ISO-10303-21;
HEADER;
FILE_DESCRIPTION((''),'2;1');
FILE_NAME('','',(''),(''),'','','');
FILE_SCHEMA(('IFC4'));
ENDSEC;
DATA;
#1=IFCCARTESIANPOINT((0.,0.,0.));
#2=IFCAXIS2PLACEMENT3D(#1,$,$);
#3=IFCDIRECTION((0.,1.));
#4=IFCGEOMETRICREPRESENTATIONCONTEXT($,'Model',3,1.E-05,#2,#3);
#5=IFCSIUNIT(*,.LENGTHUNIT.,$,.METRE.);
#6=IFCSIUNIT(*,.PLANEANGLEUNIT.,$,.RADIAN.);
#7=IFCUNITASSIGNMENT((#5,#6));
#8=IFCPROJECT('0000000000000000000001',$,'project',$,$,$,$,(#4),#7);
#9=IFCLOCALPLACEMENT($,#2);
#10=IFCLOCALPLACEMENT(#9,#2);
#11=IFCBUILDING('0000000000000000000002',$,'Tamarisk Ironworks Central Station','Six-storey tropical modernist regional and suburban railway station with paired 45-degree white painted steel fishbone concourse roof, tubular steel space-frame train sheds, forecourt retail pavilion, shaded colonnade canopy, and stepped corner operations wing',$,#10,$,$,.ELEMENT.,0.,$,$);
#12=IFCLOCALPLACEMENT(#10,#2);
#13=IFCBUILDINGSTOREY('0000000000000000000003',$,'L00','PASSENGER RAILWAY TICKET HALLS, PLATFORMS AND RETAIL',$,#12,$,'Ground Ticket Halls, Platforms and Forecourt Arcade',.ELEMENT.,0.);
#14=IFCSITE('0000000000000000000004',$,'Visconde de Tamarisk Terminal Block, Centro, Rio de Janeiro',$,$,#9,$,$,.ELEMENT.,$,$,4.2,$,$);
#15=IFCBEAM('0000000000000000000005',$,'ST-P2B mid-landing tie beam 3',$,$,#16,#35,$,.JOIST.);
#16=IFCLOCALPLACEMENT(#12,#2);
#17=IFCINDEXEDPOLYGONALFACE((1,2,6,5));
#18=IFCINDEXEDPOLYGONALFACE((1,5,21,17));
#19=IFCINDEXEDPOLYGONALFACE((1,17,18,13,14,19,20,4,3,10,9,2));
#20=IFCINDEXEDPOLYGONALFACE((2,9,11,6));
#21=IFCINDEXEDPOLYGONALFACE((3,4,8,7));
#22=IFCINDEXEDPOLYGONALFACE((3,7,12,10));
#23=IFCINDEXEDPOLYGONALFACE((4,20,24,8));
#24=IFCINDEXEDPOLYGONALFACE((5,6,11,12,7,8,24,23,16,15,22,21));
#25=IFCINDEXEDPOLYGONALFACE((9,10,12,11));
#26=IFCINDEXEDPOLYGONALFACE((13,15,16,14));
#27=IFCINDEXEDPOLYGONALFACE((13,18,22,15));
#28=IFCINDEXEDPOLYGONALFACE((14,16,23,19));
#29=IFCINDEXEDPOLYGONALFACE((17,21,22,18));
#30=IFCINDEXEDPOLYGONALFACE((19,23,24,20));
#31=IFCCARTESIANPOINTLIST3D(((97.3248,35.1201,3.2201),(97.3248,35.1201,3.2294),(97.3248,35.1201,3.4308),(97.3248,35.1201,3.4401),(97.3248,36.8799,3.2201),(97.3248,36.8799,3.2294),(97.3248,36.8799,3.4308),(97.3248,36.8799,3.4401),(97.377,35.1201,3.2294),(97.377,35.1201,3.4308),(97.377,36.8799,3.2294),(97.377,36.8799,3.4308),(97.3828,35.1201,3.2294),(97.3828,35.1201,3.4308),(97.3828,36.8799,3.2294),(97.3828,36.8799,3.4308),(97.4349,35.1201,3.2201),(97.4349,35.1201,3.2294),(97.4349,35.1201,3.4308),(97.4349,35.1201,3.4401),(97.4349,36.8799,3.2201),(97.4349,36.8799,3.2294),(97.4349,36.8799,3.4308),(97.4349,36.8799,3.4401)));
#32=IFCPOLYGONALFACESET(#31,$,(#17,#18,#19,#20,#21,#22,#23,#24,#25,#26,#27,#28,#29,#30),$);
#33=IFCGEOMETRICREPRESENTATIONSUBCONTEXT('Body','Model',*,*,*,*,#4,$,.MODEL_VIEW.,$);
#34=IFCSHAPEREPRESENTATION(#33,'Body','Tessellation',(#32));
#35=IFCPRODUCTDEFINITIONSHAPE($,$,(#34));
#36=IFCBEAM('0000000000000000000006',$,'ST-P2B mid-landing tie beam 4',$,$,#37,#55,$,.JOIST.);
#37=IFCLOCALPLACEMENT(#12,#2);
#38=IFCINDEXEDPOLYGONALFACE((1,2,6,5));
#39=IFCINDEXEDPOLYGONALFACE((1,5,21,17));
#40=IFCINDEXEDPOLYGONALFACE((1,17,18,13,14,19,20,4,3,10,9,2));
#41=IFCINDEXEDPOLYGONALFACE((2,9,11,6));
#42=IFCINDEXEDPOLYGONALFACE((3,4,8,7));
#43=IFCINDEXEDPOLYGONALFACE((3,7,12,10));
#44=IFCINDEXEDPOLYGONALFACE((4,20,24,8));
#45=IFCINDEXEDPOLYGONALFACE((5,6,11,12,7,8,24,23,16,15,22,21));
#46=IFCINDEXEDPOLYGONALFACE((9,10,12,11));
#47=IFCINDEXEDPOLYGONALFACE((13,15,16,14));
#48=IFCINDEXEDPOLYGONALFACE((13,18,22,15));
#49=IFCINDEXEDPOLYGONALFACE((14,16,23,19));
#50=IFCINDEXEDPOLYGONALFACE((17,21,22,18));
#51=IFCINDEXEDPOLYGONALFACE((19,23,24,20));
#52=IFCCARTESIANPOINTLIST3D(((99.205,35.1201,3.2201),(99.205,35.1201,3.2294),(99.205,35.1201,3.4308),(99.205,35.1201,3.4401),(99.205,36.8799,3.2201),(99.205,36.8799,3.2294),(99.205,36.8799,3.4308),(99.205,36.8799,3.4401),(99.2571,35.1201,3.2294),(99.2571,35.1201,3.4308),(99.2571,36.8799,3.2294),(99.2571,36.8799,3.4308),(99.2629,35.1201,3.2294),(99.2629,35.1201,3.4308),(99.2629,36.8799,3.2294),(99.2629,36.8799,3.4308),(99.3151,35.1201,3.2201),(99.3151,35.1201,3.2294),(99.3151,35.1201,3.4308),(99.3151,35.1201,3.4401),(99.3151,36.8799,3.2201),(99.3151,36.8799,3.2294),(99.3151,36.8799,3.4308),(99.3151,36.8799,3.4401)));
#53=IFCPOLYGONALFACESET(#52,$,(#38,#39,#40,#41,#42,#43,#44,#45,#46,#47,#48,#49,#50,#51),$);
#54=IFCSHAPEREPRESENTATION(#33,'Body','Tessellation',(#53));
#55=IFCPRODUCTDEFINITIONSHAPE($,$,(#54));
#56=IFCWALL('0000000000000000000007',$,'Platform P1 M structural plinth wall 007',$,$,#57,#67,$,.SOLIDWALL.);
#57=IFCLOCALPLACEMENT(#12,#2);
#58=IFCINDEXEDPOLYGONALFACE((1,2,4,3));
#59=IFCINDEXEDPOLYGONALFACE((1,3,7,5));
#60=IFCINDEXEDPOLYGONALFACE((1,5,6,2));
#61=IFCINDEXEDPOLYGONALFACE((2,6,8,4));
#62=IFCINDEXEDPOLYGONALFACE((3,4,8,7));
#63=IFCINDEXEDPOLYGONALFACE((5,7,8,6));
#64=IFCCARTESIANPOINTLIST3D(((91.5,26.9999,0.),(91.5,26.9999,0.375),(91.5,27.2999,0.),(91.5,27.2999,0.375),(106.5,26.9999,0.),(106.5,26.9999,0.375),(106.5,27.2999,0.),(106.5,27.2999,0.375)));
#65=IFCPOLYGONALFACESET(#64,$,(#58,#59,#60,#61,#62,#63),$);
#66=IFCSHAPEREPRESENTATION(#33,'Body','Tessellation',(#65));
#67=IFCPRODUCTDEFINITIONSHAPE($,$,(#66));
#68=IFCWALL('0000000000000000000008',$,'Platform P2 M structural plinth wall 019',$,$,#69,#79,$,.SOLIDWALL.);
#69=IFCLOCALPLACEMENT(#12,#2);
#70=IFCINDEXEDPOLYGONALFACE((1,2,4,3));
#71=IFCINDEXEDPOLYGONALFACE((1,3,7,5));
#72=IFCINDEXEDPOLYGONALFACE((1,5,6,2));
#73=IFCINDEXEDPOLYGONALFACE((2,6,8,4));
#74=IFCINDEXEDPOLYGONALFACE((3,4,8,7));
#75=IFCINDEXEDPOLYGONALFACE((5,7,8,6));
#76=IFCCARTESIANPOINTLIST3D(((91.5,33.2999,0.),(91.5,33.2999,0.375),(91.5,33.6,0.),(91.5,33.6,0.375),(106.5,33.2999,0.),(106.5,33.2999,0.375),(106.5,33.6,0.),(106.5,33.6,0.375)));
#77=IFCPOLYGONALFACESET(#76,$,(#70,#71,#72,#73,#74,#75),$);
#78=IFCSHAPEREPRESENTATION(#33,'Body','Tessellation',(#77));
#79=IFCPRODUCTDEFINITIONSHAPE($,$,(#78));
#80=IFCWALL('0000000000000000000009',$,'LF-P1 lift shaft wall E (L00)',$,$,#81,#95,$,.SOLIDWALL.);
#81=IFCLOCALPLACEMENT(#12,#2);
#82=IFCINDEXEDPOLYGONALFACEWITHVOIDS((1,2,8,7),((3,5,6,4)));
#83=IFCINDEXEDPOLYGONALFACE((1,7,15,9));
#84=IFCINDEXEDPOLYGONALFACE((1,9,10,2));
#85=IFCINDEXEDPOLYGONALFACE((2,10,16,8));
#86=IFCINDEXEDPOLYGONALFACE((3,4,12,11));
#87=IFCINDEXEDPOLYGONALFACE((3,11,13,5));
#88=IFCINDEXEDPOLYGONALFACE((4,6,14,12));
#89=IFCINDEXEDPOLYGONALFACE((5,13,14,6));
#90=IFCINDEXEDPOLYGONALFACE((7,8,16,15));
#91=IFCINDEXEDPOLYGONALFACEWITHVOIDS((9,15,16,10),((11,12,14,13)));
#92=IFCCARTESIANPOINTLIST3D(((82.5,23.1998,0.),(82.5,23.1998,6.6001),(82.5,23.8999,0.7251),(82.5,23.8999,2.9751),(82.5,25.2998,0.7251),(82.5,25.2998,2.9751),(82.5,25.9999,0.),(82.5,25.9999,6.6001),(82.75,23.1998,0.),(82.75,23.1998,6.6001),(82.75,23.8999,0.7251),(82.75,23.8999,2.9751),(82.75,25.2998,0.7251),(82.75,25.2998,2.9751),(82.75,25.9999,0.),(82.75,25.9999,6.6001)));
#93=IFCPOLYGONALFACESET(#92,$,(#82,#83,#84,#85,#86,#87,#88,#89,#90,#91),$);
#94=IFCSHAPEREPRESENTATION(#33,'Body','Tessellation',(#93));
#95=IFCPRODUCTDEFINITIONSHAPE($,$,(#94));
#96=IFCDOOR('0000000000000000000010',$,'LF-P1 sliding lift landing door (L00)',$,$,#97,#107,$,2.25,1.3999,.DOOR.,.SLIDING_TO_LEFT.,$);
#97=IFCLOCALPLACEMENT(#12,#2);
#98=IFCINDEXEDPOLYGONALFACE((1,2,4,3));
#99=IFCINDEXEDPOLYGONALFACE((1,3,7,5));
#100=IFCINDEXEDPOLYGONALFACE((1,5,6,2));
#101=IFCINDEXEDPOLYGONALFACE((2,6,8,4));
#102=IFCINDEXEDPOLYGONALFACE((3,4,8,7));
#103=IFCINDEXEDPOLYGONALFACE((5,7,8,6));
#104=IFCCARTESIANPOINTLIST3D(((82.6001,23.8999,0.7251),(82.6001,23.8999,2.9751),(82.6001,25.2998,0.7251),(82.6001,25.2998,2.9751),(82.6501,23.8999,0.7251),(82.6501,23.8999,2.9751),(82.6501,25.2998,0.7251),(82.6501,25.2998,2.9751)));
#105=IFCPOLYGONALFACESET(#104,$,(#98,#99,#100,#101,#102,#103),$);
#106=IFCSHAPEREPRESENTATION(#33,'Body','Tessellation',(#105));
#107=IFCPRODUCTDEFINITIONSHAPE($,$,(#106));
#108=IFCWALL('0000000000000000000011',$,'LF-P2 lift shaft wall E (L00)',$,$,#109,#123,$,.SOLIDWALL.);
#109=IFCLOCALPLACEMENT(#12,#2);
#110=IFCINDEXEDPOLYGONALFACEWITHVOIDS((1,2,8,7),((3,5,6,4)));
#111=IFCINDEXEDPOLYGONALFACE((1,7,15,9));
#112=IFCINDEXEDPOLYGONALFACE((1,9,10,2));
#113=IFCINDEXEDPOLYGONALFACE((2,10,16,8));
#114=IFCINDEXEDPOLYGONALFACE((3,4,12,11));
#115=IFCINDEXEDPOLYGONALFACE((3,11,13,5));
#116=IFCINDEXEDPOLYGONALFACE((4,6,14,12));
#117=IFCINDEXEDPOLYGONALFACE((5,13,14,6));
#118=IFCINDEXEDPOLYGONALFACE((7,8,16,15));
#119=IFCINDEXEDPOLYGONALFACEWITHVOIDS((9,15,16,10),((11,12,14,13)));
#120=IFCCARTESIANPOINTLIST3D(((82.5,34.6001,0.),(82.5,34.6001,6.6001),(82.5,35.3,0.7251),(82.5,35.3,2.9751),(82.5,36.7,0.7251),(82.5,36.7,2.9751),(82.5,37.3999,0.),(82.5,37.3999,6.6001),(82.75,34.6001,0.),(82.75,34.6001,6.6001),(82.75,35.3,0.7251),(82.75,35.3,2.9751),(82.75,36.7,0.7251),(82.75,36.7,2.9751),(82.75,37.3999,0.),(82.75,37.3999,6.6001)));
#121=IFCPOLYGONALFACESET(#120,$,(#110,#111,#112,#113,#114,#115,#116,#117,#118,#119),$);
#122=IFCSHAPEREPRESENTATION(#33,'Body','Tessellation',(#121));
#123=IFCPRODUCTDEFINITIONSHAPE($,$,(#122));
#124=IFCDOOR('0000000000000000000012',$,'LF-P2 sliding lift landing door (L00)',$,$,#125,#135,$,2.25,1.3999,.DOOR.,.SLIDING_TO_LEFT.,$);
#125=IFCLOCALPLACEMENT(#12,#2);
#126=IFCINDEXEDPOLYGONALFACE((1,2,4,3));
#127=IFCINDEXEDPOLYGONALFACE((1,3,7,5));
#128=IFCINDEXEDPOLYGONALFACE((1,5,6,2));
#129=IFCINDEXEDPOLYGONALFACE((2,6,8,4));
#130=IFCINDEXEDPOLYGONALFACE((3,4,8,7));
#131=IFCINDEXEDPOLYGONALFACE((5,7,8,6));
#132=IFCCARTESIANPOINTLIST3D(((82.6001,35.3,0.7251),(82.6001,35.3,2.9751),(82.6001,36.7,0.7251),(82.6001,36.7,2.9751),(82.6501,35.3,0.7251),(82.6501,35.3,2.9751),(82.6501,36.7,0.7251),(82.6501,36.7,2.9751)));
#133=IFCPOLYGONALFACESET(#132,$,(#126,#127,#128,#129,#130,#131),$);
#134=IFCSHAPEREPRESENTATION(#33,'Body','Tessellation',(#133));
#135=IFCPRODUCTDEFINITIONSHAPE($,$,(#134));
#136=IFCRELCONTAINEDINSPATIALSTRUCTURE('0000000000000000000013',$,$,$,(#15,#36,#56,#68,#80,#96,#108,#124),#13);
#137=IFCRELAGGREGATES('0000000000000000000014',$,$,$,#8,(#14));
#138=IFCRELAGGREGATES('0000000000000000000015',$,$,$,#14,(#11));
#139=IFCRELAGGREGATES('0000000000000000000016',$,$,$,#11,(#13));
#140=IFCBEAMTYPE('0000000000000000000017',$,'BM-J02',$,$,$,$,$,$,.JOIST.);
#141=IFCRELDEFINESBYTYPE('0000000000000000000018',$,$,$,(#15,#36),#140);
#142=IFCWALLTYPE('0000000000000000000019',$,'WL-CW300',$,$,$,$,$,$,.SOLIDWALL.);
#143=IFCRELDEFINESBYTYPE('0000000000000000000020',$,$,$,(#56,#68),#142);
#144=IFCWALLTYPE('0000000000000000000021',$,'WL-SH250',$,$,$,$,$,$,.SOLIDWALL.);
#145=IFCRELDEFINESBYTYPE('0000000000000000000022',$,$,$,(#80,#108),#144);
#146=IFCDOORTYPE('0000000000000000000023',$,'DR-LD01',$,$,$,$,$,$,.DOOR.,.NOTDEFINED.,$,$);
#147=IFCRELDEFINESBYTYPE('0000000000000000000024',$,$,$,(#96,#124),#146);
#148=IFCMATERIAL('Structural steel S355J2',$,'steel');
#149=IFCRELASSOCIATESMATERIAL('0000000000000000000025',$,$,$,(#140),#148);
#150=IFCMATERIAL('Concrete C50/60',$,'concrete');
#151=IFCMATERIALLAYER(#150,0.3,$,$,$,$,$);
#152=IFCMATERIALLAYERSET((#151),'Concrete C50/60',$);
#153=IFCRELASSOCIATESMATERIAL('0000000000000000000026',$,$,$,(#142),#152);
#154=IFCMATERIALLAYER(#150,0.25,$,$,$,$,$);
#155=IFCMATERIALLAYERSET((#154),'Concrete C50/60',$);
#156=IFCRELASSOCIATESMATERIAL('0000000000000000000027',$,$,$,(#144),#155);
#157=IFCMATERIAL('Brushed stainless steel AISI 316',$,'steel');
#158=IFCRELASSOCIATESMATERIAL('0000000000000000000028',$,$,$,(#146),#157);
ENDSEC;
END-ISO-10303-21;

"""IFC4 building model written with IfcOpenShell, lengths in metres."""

from ifc_helpers import new_model, si_unit, direction, frame, frame_2d, origin, origin_2d, place, context, subcontext, project, spatial, rectangle, i_section, extrude, material, layer, layer_set, material_profile, profile_set, type_object, element, fill, save


model = new_model("IFC4")

# Units and contexts
model_context = context("Model", 3, precision=1e-05, world=origin(), true_north=direction((0.0, 1.0)))
body_context = subcontext(model_context, "Body", "Model", "MODEL_VIEW")
ifc_project = project(units=[si_unit("LENGTHUNIT", "METRE"), si_unit("PLANEANGLEUNIT", "RADIAN")], contexts=[model_context])

# Site, building, storey
site_placement = place(None, origin())
site = spatial("IfcSite", under=ifc_project, at=site_placement, Name="Visconde de Tamarisk Terminal Block, Centro, Rio de Janeiro", CompositionType="ELEMENT", RefElevation=4.2)
building_placement = place(site_placement, origin())
building = spatial("IfcBuilding", under=site, at=building_placement, Name="Tamarisk Ironworks Central Station", Description="Six-storey tropical modernist regional and suburban railway station with paired 45-degree white painted steel fishbone concourse roof, tubular steel space-frame train sheds, forecourt retail pavilion, shaded colonnade canopy, and stepped corner operations wing", CompositionType="ELEMENT", ElevationOfRefHeight=0.0)
storey_placement = place(building_placement, origin())
storey = spatial("IfcBuildingStorey", under=building, at=storey_placement, Name="L00", Description="PASSENGER RAILWAY TICKET HALLS, PLATFORMS AND RETAIL", LongName="Ground Ticket Halls, Platforms and Forecourt Arcade", CompositionType="ELEMENT", Elevation=0.0)

# Shared definitions
ifc_material_1 = material(Name="Structural steel S355J2", Category="steel")

# Beams
ifc_material_profile_1 = material_profile(ifc_material_1, i_section(OverallWidth=0.1101, OverallDepth=0.22, WebThickness=0.0059, FlangeThickness=0.0093, at=origin_2d()), Name="IPE 220")
ifc_profile_set_1 = profile_set([ifc_material_profile_1], Name="Structural steel S355J2")
beam_type = type_object("IfcBeamType", Name="BM-J02", PredefinedType="JOIST", material=ifc_profile_set_1)
for number, where, z_axis, x_axis, name in (
    (1, (97.3799, 35.1201, 3.3301), (0.0, 1.0, 0.0), (-1.0, 0.0, 0.0), "ST-P2B mid-landing tie beam 3"),
    (2, (99.26, 35.1201, 3.3301), (0.0, 1.0, 0.0), (-1.0, 0.0, 0.0), "ST-P2B mid-landing tie beam 4"),
):
    element("IfcBeam", number, at=place(storey_placement, frame(where, z_axis=z_axis, x_axis=x_axis)), inside=storey, type_object=beam_type, Name=name, PredefinedType="JOIST", context=body_context, shape_type="SweptSolid", body=[
        extrude(i_section(OverallWidth=0.1101, OverallDepth=0.22, WebThickness=0.0059, FlangeThickness=0.0093, at=origin_2d()), origin(), (0.0, 0.0, 1.0), 1.7598),
    ])

# Walls
ifc_material_2 = material(Name="Concrete C50/60", Category="concrete")
ifc_layer_1 = layer(ifc_material_2, 0.3)
ifc_layer_set_1 = layer_set([ifc_layer_1], Name="Concrete C50/60")
wall_type_1 = type_object("IfcWallType", Name="WL-CW300", PredefinedType="SOLIDWALL", material=ifc_layer_set_1)
for number, where, z_axis, x_axis, name in (
    (3, (91.5, 27.1499, 0.0), (0.0, 0.0, 1.0), (1.0, 0.0, 0.0), "Platform P1 M structural plinth wall 007"),
    (4, (91.5, 33.45, 0.0), (0.0, 0.0, 1.0), (1.0, 0.0, 0.0), "Platform P2 M structural plinth wall 019"),
):
    element("IfcWall", number, at=place(storey_placement, frame(where, z_axis=z_axis, x_axis=x_axis)), inside=storey, type_object=wall_type_1, Name=name, PredefinedType="SOLIDWALL", context=body_context, shape_type="SweptSolid", body=[
        extrude(rectangle(XDim=15.0, YDim=0.3, at=frame_2d((7.5, 0.0))), origin(), (0.0, 0.0, 1.0), 0.375),
    ])

# Walls, openings, doors
ifc_layer_2 = layer(ifc_material_2, 0.25)
ifc_layer_set_2 = layer_set([ifc_layer_2], Name="Concrete C50/60")
wall_type_2 = type_object("IfcWallType", Name="WL-SH250", PredefinedType="SOLIDWALL", material=ifc_layer_set_2)
wall_1_placement = place(storey_placement, frame((82.625, 23.2, 0.0), z_axis=(0.0, 0.0, 1.0), x_axis=(0.0, 1.0, 0.0)))
wall_1 = element("IfcWall", 5, at=wall_1_placement, inside=storey, type_object=wall_type_2, Name="LF-P1 lift shaft wall E (L00)", PredefinedType="SOLIDWALL", context=body_context, shape_type="SweptSolid", body=[
    extrude(rectangle(XDim=2.8, YDim=0.25, at=frame_2d((1.3999, 0.0))), origin(), (0.0, 0.0, 1.0), 6.6001),
])
opening_1_placement = place(wall_1_placement, frame((0.7, 0.0, 0.7251)))
opening_1 = element("IfcOpeningElement", 6, at=opening_1_placement, cuts=wall_1, PredefinedType="OPENING", context=body_context, shape_type="SweptSolid", body=[
    extrude(rectangle(XDim=1.3999, YDim=2.25, at=frame_2d((0.7, 1.125))), frame((0.0, 0.137, 0.0), z_axis=(0.0, -1.0, 0.0), x_axis=(1.0, 0.0, 0.0)), (0.0, 0.0, 1.0), 0.2739),
])
ifc_material_3 = material(Name="Brushed stainless steel AISI 316", Category="steel")
door_type = type_object("IfcDoorType", Name="DR-LD01", OperationType="NOTDEFINED", PredefinedType="DOOR", material=ifc_material_3)
door_1_placement = place(opening_1_placement, origin())
door_1 = element("IfcDoor", 7, at=door_1_placement, inside=storey, type_object=door_type, Name="LF-P1 sliding lift landing door (L00)", OperationType="SLIDING_TO_LEFT", OverallHeight=2.25, OverallWidth=1.3999, PredefinedType="DOOR", context=body_context, shape_type="SweptSolid", body=[
    extrude(rectangle(XDim=1.3999, YDim=2.25, at=frame_2d((0.7, 1.125))), frame((0.0, 0.0249, 0.0), z_axis=(0.0, -1.0, 0.0), x_axis=(1.0, 0.0, 0.0)), (0.0, 0.0, 1.0), 0.05),
])
fill(opening_1, door_1)
wall_2_placement = place(storey_placement, frame((82.625, 34.6001, 0.0), z_axis=(0.0, 0.0, 1.0), x_axis=(0.0, 1.0, 0.0)))
wall_2 = element("IfcWall", 8, at=wall_2_placement, inside=storey, type_object=wall_type_2, Name="LF-P2 lift shaft wall E (L00)", PredefinedType="SOLIDWALL", context=body_context, shape_type="SweptSolid", body=[
    extrude(rectangle(XDim=2.7998, YDim=0.25, at=frame_2d((1.3999, 0.0))), origin(), (0.0, 0.0, 1.0), 6.6001),
])
opening_2_placement = place(wall_2_placement, frame((0.7, 0.0, 0.7251)))
opening_2 = element("IfcOpeningElement", 9, at=opening_2_placement, cuts=wall_2, PredefinedType="OPENING", context=body_context, shape_type="SweptSolid", body=[
    extrude(rectangle(XDim=1.3999, YDim=2.25, at=frame_2d((0.7, 1.125))), frame((0.0, 0.137, 0.0), z_axis=(0.0, -1.0, 0.0), x_axis=(1.0, 0.0, 0.0)), (0.0, 0.0, 1.0), 0.2739),
])
door_2_placement = place(opening_2_placement, origin())
door_2 = element("IfcDoor", 10, at=door_2_placement, inside=storey, type_object=door_type, Name="LF-P2 sliding lift landing door (L00)", OperationType="SLIDING_TO_LEFT", OverallHeight=2.25, OverallWidth=1.3999, PredefinedType="DOOR", context=body_context, shape_type="SweptSolid", body=[
    extrude(rectangle(XDim=1.3999, YDim=2.25, at=frame_2d((0.7, 1.125))), frame((0.0, 0.0249, 0.0), z_axis=(0.0, -1.0, 0.0), x_axis=(1.0, 0.0, 0.0)), (0.0, 0.0, 1.0), 0.05),
])
fill(opening_2, door_2)

save(model, "model.ifc")
